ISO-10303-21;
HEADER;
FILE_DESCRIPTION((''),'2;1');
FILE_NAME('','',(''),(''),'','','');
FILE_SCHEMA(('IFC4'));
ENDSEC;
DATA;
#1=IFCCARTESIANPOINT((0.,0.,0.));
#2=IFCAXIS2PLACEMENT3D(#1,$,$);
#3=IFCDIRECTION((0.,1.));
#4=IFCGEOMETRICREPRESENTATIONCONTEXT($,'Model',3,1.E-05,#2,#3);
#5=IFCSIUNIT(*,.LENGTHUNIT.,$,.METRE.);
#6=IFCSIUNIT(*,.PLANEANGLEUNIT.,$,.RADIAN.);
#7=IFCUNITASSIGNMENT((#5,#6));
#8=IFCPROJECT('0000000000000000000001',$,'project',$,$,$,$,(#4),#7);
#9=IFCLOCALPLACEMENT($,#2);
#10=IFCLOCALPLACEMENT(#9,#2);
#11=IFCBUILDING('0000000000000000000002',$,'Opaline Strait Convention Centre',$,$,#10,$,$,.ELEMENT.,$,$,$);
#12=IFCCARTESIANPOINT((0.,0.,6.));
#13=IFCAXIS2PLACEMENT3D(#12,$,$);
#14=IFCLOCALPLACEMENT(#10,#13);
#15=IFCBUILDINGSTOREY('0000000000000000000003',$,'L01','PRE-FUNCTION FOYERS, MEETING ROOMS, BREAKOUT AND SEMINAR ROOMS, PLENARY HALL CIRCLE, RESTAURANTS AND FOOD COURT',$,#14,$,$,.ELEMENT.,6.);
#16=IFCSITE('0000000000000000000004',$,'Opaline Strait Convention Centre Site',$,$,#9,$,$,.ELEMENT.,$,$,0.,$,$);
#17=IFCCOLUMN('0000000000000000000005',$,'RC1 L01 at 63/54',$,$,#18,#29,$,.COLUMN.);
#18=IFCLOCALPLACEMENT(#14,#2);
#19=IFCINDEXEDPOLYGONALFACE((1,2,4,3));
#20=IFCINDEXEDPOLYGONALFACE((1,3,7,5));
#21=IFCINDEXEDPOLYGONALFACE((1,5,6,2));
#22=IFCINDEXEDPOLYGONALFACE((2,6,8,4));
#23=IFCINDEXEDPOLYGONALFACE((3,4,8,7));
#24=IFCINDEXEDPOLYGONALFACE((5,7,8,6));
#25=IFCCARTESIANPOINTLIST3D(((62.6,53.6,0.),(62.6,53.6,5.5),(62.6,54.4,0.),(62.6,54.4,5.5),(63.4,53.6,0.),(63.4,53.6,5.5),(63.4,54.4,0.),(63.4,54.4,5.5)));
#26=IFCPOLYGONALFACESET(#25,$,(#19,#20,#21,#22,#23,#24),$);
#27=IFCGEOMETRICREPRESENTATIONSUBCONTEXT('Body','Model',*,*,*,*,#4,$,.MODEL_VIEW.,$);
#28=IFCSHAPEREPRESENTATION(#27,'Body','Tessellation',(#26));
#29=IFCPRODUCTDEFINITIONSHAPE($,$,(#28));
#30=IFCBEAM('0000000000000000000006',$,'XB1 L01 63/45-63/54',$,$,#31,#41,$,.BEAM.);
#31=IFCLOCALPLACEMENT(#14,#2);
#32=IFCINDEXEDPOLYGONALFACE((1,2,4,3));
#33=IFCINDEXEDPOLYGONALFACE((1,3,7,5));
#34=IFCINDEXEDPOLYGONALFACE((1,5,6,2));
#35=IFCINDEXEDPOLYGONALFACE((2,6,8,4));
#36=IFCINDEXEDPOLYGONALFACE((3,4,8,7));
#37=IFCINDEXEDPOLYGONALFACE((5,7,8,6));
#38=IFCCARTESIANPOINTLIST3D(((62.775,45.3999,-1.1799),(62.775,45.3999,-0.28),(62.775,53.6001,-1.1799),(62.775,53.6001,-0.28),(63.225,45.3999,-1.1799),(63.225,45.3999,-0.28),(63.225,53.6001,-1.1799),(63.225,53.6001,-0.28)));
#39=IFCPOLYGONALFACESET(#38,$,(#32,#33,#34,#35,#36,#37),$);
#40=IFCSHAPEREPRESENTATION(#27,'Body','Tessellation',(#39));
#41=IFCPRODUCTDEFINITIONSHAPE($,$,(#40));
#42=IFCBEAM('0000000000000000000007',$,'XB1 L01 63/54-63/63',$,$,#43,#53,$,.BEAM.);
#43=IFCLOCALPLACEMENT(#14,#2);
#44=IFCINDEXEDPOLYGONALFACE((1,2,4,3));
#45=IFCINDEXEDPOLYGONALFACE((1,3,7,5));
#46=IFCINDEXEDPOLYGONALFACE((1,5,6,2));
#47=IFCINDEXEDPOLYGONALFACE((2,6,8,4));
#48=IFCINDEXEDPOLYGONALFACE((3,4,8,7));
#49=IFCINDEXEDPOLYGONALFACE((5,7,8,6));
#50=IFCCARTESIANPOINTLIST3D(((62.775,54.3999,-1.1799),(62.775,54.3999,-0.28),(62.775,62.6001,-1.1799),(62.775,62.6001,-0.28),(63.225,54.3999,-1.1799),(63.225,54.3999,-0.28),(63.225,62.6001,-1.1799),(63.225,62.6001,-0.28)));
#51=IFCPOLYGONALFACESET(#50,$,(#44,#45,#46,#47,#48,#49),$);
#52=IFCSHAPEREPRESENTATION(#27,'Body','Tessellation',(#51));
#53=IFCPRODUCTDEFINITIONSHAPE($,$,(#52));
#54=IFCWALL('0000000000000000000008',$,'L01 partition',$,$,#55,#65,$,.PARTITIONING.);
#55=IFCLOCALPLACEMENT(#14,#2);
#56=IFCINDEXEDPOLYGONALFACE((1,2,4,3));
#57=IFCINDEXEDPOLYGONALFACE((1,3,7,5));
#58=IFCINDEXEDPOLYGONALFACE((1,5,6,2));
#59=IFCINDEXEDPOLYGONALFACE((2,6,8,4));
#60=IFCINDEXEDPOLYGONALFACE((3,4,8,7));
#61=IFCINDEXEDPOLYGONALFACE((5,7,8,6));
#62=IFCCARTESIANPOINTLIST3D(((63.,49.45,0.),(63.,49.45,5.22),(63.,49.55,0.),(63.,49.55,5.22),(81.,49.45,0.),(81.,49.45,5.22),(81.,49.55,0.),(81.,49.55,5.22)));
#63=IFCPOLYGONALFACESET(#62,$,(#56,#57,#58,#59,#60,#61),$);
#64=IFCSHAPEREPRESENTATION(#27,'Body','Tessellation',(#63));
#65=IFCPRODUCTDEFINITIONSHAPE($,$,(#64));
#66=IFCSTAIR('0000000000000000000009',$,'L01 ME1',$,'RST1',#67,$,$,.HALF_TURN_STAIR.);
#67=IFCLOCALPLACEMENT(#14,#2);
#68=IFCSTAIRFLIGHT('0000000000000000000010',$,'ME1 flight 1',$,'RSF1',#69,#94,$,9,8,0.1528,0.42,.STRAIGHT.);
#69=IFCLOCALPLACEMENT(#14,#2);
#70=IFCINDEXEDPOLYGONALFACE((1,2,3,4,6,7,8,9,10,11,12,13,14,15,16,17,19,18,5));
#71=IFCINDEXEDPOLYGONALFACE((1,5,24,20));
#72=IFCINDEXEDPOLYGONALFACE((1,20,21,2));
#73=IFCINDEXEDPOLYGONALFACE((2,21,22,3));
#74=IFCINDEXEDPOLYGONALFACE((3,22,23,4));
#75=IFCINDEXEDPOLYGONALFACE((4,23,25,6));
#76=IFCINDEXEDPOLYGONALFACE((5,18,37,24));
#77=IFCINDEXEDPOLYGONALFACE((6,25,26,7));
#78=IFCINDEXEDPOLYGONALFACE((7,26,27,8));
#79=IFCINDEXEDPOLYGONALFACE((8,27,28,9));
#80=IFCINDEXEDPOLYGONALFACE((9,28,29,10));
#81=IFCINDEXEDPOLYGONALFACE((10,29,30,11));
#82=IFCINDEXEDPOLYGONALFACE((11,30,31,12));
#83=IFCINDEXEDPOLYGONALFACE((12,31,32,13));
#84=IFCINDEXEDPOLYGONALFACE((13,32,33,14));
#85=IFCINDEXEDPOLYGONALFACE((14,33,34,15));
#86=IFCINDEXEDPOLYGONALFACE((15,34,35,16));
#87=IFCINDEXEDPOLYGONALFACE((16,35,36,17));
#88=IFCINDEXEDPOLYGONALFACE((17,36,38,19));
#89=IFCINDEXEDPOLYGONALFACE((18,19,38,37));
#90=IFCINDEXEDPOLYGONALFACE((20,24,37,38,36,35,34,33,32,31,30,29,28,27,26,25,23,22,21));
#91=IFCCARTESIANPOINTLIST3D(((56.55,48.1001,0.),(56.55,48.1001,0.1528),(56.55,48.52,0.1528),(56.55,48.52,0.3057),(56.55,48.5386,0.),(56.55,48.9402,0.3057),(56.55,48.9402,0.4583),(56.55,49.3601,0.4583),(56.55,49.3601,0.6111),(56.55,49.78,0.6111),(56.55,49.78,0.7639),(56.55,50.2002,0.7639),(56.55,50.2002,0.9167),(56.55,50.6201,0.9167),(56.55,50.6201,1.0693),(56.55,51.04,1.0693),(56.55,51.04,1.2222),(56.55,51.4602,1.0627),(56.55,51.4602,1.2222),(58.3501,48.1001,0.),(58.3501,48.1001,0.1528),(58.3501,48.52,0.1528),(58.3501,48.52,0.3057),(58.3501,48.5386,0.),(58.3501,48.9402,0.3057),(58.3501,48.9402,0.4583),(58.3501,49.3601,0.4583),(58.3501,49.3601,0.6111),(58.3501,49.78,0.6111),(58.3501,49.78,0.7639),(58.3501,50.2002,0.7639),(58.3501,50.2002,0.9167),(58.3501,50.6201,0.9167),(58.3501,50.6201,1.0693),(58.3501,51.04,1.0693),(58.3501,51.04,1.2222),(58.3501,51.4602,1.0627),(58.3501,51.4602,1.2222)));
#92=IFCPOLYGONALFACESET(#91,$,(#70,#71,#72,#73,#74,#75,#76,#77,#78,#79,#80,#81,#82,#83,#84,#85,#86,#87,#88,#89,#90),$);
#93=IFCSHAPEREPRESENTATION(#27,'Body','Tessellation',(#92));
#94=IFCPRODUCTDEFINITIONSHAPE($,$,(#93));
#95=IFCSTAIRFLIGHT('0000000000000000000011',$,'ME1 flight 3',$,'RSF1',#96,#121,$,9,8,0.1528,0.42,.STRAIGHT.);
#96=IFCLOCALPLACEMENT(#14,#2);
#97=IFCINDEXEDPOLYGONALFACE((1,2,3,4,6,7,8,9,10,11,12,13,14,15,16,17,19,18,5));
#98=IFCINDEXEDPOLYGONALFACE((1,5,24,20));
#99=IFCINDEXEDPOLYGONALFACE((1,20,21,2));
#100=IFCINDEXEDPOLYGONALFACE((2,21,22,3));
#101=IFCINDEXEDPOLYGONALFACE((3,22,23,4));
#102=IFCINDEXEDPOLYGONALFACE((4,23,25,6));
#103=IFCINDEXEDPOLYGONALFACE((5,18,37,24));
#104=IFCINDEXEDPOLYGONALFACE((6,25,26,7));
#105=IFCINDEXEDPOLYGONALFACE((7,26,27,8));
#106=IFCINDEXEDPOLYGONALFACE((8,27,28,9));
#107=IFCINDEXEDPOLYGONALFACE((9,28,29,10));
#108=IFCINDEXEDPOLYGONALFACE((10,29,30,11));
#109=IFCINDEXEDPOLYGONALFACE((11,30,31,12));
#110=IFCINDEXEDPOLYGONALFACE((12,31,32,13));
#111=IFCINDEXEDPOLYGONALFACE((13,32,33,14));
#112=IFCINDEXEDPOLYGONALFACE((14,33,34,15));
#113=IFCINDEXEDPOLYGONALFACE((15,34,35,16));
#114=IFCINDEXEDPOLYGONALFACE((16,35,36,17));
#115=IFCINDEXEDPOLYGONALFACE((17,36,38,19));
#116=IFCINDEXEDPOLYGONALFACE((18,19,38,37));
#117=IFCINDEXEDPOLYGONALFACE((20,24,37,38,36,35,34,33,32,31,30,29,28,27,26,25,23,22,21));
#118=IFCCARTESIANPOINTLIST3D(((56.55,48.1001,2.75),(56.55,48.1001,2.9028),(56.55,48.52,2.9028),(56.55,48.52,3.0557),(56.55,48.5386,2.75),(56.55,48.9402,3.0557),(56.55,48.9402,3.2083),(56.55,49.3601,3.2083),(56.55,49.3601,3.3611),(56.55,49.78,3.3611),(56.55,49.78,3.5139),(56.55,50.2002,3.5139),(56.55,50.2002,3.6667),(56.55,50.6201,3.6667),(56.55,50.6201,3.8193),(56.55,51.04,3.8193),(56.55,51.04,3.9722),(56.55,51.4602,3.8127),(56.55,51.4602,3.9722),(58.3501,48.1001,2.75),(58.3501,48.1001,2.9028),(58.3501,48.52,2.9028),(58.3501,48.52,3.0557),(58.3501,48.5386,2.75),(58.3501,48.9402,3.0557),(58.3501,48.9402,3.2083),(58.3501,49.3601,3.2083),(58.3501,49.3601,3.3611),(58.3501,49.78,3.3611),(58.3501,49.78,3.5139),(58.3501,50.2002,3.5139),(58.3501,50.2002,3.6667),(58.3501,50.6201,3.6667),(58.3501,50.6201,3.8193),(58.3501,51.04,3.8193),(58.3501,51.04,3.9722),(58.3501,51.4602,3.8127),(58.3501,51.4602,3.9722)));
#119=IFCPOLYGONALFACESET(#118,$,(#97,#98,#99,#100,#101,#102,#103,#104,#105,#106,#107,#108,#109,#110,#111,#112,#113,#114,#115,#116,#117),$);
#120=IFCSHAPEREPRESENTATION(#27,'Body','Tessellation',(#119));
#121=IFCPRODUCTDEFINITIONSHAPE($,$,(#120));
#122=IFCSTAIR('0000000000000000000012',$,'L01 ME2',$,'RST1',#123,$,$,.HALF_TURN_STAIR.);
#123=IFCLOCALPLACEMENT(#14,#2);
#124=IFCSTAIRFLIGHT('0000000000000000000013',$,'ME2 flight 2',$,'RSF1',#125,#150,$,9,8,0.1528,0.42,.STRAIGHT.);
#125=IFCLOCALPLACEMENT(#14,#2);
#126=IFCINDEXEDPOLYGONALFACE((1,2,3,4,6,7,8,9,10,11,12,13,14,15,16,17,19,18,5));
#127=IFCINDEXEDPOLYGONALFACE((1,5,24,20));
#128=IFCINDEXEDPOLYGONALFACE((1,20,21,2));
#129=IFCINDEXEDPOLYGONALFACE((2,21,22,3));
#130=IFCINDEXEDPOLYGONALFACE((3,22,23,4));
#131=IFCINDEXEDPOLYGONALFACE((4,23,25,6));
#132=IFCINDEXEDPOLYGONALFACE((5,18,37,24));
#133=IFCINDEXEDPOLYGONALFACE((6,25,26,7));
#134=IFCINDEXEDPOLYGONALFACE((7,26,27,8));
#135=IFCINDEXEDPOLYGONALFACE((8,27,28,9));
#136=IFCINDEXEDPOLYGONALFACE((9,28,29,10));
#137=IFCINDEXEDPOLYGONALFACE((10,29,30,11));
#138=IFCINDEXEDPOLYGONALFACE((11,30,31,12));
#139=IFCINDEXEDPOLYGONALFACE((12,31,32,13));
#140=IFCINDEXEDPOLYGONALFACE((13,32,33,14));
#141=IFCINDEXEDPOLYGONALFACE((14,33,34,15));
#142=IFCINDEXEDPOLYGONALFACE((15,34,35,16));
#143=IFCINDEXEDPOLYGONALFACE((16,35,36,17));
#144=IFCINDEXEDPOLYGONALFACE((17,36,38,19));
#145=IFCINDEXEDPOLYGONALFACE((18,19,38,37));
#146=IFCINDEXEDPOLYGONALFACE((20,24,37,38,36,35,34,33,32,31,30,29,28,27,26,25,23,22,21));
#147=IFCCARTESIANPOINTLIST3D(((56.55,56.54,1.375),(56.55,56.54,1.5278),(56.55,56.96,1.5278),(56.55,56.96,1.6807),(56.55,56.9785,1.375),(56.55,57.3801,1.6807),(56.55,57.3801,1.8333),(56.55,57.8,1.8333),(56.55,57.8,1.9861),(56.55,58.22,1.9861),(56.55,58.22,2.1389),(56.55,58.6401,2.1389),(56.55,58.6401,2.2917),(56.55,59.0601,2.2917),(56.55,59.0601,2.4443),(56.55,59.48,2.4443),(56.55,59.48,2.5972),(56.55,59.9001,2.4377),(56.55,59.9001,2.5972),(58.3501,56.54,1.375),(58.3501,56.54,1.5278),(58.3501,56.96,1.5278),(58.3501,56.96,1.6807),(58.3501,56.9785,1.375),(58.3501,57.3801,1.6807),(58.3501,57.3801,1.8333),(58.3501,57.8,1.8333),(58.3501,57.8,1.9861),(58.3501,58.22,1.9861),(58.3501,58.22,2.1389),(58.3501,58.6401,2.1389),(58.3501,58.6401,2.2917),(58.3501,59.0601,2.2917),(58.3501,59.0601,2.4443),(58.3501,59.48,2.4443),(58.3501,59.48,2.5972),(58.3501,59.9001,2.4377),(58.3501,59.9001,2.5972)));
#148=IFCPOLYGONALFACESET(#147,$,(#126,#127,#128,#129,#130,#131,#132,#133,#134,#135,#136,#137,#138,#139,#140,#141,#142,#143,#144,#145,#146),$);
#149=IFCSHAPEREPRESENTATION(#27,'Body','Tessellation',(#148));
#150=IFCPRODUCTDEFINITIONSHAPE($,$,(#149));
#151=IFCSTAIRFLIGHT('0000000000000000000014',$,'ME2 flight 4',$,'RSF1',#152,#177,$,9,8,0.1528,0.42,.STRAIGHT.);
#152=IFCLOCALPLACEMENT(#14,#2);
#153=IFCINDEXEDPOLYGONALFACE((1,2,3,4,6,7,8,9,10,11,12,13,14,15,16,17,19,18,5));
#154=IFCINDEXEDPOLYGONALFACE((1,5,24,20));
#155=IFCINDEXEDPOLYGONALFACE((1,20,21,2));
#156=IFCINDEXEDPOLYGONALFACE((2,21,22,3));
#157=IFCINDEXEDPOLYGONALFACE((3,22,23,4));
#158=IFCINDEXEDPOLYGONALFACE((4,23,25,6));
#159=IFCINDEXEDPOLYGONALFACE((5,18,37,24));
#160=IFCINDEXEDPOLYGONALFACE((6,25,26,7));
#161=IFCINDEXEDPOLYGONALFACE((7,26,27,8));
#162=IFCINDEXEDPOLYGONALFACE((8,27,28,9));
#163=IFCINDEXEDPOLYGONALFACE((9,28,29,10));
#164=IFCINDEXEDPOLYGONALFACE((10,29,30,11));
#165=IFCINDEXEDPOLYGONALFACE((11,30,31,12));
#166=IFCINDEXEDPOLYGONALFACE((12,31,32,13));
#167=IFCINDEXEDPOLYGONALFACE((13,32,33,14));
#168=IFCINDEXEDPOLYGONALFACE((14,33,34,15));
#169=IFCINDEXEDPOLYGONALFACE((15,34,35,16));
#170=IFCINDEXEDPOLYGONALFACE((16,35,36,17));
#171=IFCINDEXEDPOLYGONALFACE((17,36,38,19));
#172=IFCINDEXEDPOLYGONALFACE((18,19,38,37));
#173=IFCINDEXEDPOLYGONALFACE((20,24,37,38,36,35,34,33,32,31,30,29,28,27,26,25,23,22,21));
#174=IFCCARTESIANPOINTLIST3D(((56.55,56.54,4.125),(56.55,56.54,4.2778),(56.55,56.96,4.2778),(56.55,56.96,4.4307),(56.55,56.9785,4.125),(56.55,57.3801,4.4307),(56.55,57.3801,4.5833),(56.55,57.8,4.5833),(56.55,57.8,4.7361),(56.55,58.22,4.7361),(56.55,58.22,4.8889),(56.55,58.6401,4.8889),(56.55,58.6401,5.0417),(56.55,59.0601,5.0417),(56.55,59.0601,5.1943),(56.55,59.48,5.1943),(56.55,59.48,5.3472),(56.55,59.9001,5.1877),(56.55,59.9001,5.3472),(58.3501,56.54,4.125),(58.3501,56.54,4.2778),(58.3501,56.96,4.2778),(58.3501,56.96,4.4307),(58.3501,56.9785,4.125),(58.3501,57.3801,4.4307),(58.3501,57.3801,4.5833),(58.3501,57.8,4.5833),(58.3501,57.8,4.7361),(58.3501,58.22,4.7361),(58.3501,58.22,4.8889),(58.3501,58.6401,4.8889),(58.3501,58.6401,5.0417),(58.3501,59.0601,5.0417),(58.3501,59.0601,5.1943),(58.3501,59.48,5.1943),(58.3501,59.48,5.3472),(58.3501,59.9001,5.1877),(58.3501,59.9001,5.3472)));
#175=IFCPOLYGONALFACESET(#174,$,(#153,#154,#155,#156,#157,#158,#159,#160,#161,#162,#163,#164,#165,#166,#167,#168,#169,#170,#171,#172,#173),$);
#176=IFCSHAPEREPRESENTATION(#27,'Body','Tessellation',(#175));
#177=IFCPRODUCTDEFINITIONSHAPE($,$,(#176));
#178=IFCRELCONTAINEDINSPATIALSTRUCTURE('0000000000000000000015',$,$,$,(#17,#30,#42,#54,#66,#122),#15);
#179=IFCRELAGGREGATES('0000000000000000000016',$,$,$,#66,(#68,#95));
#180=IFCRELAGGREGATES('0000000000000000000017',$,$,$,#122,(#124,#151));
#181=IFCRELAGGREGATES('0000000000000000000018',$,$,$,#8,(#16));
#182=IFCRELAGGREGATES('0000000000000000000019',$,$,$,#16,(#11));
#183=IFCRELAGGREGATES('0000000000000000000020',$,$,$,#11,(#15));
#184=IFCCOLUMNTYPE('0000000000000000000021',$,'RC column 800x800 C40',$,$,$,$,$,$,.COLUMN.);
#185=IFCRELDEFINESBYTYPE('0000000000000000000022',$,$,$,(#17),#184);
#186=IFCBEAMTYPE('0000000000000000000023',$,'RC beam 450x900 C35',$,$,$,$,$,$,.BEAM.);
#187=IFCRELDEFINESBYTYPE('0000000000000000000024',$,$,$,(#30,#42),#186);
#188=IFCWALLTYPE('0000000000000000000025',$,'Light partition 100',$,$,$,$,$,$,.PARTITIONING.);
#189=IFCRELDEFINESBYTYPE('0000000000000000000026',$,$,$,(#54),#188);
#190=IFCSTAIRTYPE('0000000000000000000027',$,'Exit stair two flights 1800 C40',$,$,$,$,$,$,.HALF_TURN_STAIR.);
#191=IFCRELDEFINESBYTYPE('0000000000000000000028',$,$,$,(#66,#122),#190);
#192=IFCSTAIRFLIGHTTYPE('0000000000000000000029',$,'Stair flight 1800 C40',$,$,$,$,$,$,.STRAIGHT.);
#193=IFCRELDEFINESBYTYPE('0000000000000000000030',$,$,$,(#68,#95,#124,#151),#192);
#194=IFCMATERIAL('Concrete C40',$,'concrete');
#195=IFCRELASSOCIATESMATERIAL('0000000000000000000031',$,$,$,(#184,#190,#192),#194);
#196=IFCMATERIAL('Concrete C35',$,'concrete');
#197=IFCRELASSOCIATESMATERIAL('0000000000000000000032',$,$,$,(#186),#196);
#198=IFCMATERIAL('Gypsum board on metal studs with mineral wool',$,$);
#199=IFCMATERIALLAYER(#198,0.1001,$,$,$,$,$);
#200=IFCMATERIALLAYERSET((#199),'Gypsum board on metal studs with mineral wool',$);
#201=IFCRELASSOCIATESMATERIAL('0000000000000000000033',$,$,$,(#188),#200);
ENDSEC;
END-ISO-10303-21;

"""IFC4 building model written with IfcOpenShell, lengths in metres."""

from ifc_helpers import new_model, si_unit, direction, frame, frame_2d, origin, origin_2d, place, context, subcontext, project, spatial, polyline, rectangle, outline, extrude, material, layer, layer_set, material_profile, profile_set, type_object, element, aggregate, save


model = new_model("IFC4")

# Units and contexts
model_context = context("Model", 3, precision=1e-05, world=origin(), true_north=direction((0.0, 1.0)))
body_context = subcontext(model_context, "Body", "Model", "MODEL_VIEW")
ifc_project = project(units=[si_unit("LENGTHUNIT", "METRE"), si_unit("PLANEANGLEUNIT", "RADIAN")], contexts=[model_context])

# Site, building, storey
site_placement = place(None, origin())
site = spatial("IfcSite", under=ifc_project, at=site_placement, Name="Opaline Strait Convention Centre Site", CompositionType="ELEMENT", RefElevation=0.0)
building_placement = place(site_placement, origin())
building = spatial("IfcBuilding", under=site, at=building_placement, Name="Opaline Strait Convention Centre", CompositionType="ELEMENT")
storey_placement = place(building_placement, frame((0.0, 0.0, 6.0)))
storey = spatial("IfcBuildingStorey", under=building, at=storey_placement, Name="L01", Description="PRE-FUNCTION FOYERS, MEETING ROOMS, BREAKOUT AND SEMINAR ROOMS, PLENARY HALL CIRCLE, RESTAURANTS AND FOOD COURT", CompositionType="ELEMENT", Elevation=6.0)

# Column
ifc_material_1 = material(Name="Concrete C40", Category="concrete")
ifc_material_profile_1 = material_profile(ifc_material_1, rectangle(XDim=0.8, YDim=0.8, at=origin_2d()), Name="RC 800x800")
ifc_profile_set_1 = profile_set([ifc_material_profile_1], Name="Concrete C40")
column_type = type_object("IfcColumnType", Name="RC column 800x800 C40", PredefinedType="COLUMN", material=ifc_profile_set_1)
column_placement = place(storey_placement, frame((63.0, 54.0, 0.0), z_axis=(0.0, 0.0, 1.0), x_axis=(1.0, 0.0, 0.0)))
element("IfcColumn", 1, at=column_placement, inside=storey, type_object=column_type, Name="RC1 L01 at 63/54", PredefinedType="COLUMN", context=body_context, shape_type="SweptSolid", body=[
    extrude(rectangle(XDim=0.8, YDim=0.8, at=origin_2d()), origin(), (0.0, 0.0, 1.0), 5.5),
])

# Beams
ifc_material_2 = material(Name="Concrete C35", Category="concrete")
ifc_material_profile_2 = material_profile(ifc_material_2, rectangle(XDim=0.45, YDim=0.8999, at=origin_2d()), Name="RC 450x900")
ifc_profile_set_2 = profile_set([ifc_material_profile_2], Name="Concrete C35")
beam_type = type_object("IfcBeamType", Name="RC beam 450x900 C35", PredefinedType="BEAM", material=ifc_profile_set_2)
for number, where, z_axis, x_axis, name in (
    (2, (63.0, 45.3999, -0.73), (0.0, 1.0, 0.0), (-1.0, 0.0, 0.0), "XB1 L01 63/45-63/54"),
    (3, (63.0, 54.3999, -0.73), (0.0, 1.0, 0.0), (-1.0, 0.0, 0.0), "XB1 L01 63/54-63/63"),
):
    element("IfcBeam", number, at=place(storey_placement, frame(where, z_axis=z_axis, x_axis=x_axis)), inside=storey, type_object=beam_type, Name=name, PredefinedType="BEAM", context=body_context, shape_type="SweptSolid", body=[
        extrude(rectangle(XDim=0.45, YDim=0.8999, at=origin_2d()), origin(), (0.0, 0.0, 1.0), 8.2002),
    ])

# Wall
ifc_material_3 = material(Name="Gypsum board on metal studs with mineral wool")
ifc_layer = layer(ifc_material_3, 0.1001)
ifc_layer_set = layer_set([ifc_layer], Name="Gypsum board on metal studs with mineral wool")
wall_type = type_object("IfcWallType", Name="Light partition 100", PredefinedType="PARTITIONING", material=ifc_layer_set)
wall_placement = place(storey_placement, frame((63.0, 49.5, 0.0), z_axis=(0.0, 0.0, 1.0), x_axis=(1.0, 0.0, 0.0)))
element("IfcWall", 4, at=wall_placement, inside=storey, type_object=wall_type, Name="L01 partition", PredefinedType="PARTITIONING", context=body_context, shape_type="SweptSolid", body=[
    extrude(rectangle(XDim=18.0, YDim=0.1001, at=frame_2d((9.0, 0.0))), origin(), (0.0, 0.0, 1.0), 5.22),
])

# Stairs, stair flights
stair_type = type_object("IfcStairType", Name="Exit stair two flights 1800 C40", PredefinedType="HALF_TURN_STAIR", material=ifc_material_1)
stair_1_placement = place(storey_placement, origin())
stair_1 = element("IfcStair", 5, at=stair_1_placement, inside=storey, type_object=stair_type, Name="L01 ME1", ObjectType="RST1", PredefinedType="HALF_TURN_STAIR")
stair_flight_type = type_object("IfcStairFlightType", Name="Stair flight 1800 C40", PredefinedType="STRAIGHT", material=ifc_material_1)
stair_flight_1_placement = place(storey_placement, frame((57.45, 48.1001, 0.0), z_axis=(0.0, 0.0, 1.0), x_axis=(0.0, 1.0, 0.0)))
stair_flight_1 = element("IfcStairFlight", 6, at=stair_flight_1_placement, type_object=stair_flight_type, Name="ME1 flight 1", ObjectType="RSF1", NumberOfRisers=9, NumberOfTreads=8, PredefinedType="STRAIGHT", RiserHeight=0.1528, TreadLength=0.42, context=body_context, shape_type="SweptSolid", body=[
    extrude(outline(polyline([(0.0, 0.0), (0.0, 0.1528), (0.4199, 0.1528), (0.4199, 0.3057), (0.8401, 0.3057), (0.8401, 0.4583), (1.26, 0.4583), (1.26, 0.6111), (1.6799, 0.6111), (1.6799, 0.7639), (2.1001, 0.7639), (2.1001, 0.9167), (2.52, 0.9167), (2.52, 1.0693), (2.9399, 1.0693), (2.9399, 1.2222), (3.3601, 1.2222), (3.3601, 1.375), (3.3601, 1.0627), (0.4385, 0.0), (0.0, 0.0)])), frame((0.0, 0.8999, 0.0), z_axis=(0.0, -1.0, 0.0), x_axis=(1.0, 0.0, 0.0)), (0.0, 0.0, 1.0), 1.8),
])
stair_flight_2_placement = place(storey_placement, frame((57.45, 48.1001, 2.75), z_axis=(0.0, 0.0, 1.0), x_axis=(0.0, 1.0, 0.0)))
stair_flight_2 = element("IfcStairFlight", 7, at=stair_flight_2_placement, type_object=stair_flight_type, Name="ME1 flight 3", ObjectType="RSF1", NumberOfRisers=9, NumberOfTreads=8, PredefinedType="STRAIGHT", RiserHeight=0.1528, TreadLength=0.42, context=body_context, shape_type="SweptSolid", body=[
    extrude(outline(polyline([(0.0, 0.0), (0.0, 0.1528), (0.4199, 0.1528), (0.4199, 0.3057), (0.8401, 0.3057), (0.8401, 0.4583), (1.26, 0.4583), (1.26, 0.6111), (1.6799, 0.6111), (1.6799, 0.7639), (2.1001, 0.7639), (2.1001, 0.9167), (2.52, 0.9167), (2.52, 1.0693), (2.9399, 1.0693), (2.9399, 1.2222), (3.3601, 1.2222), (3.3601, 1.375), (3.3601, 1.0627), (0.4385, 0.0), (0.0, 0.0)])), frame((0.0, 0.8999, 0.0), z_axis=(0.0, -1.0, 0.0), x_axis=(1.0, 0.0, 0.0)), (0.0, 0.0, 1.0), 1.8),
])
aggregate(stair_1, [stair_flight_1, stair_flight_2])
stair_2_placement = place(storey_placement, origin())
stair_2 = element("IfcStair", 8, at=stair_2_placement, inside=storey, type_object=stair_type, Name="L01 ME2", ObjectType="RST1", PredefinedType="HALF_TURN_STAIR")
stair_flight_3_placement = place(storey_placement, frame((57.45, 56.54, 1.375), z_axis=(0.0, 0.0, 1.0), x_axis=(0.0, 1.0, 0.0)))
stair_flight_3 = element("IfcStairFlight", 9, at=stair_flight_3_placement, type_object=stair_flight_type, Name="ME2 flight 2", ObjectType="RSF1", NumberOfRisers=9, NumberOfTreads=8, PredefinedType="STRAIGHT", RiserHeight=0.1528, TreadLength=0.42, context=body_context, shape_type="SweptSolid", body=[
    extrude(outline(polyline([(0.0, 0.0), (0.0, 0.1528), (0.4199, 0.1528), (0.4199, 0.3057), (0.8401, 0.3057), (0.8401, 0.4583), (1.26, 0.4583), (1.26, 0.6111), (1.6799, 0.6111), (1.6799, 0.7639), (2.1001, 0.7639), (2.1001, 0.9167), (2.52, 0.9167), (2.52, 1.0693), (2.9399, 1.0693), (2.9399, 1.2222), (3.3601, 1.2222), (3.3601, 1.375), (3.3601, 1.0627), (0.4385, 0.0), (0.0, 0.0)])), frame((0.0, 0.8999, 0.0), z_axis=(0.0, -1.0, 0.0), x_axis=(1.0, 0.0, 0.0)), (0.0, 0.0, 1.0), 1.8),
])
stair_flight_4_placement = place(storey_placement, frame((57.45, 56.54, 4.125), z_axis=(0.0, 0.0, 1.0), x_axis=(0.0, 1.0, 0.0)))
stair_flight_4 = element("IfcStairFlight", 10, at=stair_flight_4_placement, type_object=stair_flight_type, Name="ME2 flight 4", ObjectType="RSF1", NumberOfRisers=9, NumberOfTreads=8, PredefinedType="STRAIGHT", RiserHeight=0.1528, TreadLength=0.42, context=body_context, shape_type="SweptSolid", body=[
    extrude(outline(polyline([(0.0, 0.0), (0.0, 0.1528), (0.4199, 0.1528), (0.4199, 0.3057), (0.8401, 0.3057), (0.8401, 0.4583), (1.26, 0.4583), (1.26, 0.6111), (1.6799, 0.6111), (1.6799, 0.7639), (2.1001, 0.7639), (2.1001, 0.9167), (2.52, 0.9167), (2.52, 1.0693), (2.9399, 1.0693), (2.9399, 1.2222), (3.3601, 1.2222), (3.3601, 1.375), (3.3601, 1.0627), (0.4385, 0.0), (0.0, 0.0)])), frame((0.0, 0.8999, 0.0), z_axis=(0.0, -1.0, 0.0), x_axis=(1.0, 0.0, 0.0)), (0.0, 0.0, 1.0), 1.8),
])
aggregate(stair_2, [stair_flight_3, stair_flight_4])

save(model, "model.ifc")
